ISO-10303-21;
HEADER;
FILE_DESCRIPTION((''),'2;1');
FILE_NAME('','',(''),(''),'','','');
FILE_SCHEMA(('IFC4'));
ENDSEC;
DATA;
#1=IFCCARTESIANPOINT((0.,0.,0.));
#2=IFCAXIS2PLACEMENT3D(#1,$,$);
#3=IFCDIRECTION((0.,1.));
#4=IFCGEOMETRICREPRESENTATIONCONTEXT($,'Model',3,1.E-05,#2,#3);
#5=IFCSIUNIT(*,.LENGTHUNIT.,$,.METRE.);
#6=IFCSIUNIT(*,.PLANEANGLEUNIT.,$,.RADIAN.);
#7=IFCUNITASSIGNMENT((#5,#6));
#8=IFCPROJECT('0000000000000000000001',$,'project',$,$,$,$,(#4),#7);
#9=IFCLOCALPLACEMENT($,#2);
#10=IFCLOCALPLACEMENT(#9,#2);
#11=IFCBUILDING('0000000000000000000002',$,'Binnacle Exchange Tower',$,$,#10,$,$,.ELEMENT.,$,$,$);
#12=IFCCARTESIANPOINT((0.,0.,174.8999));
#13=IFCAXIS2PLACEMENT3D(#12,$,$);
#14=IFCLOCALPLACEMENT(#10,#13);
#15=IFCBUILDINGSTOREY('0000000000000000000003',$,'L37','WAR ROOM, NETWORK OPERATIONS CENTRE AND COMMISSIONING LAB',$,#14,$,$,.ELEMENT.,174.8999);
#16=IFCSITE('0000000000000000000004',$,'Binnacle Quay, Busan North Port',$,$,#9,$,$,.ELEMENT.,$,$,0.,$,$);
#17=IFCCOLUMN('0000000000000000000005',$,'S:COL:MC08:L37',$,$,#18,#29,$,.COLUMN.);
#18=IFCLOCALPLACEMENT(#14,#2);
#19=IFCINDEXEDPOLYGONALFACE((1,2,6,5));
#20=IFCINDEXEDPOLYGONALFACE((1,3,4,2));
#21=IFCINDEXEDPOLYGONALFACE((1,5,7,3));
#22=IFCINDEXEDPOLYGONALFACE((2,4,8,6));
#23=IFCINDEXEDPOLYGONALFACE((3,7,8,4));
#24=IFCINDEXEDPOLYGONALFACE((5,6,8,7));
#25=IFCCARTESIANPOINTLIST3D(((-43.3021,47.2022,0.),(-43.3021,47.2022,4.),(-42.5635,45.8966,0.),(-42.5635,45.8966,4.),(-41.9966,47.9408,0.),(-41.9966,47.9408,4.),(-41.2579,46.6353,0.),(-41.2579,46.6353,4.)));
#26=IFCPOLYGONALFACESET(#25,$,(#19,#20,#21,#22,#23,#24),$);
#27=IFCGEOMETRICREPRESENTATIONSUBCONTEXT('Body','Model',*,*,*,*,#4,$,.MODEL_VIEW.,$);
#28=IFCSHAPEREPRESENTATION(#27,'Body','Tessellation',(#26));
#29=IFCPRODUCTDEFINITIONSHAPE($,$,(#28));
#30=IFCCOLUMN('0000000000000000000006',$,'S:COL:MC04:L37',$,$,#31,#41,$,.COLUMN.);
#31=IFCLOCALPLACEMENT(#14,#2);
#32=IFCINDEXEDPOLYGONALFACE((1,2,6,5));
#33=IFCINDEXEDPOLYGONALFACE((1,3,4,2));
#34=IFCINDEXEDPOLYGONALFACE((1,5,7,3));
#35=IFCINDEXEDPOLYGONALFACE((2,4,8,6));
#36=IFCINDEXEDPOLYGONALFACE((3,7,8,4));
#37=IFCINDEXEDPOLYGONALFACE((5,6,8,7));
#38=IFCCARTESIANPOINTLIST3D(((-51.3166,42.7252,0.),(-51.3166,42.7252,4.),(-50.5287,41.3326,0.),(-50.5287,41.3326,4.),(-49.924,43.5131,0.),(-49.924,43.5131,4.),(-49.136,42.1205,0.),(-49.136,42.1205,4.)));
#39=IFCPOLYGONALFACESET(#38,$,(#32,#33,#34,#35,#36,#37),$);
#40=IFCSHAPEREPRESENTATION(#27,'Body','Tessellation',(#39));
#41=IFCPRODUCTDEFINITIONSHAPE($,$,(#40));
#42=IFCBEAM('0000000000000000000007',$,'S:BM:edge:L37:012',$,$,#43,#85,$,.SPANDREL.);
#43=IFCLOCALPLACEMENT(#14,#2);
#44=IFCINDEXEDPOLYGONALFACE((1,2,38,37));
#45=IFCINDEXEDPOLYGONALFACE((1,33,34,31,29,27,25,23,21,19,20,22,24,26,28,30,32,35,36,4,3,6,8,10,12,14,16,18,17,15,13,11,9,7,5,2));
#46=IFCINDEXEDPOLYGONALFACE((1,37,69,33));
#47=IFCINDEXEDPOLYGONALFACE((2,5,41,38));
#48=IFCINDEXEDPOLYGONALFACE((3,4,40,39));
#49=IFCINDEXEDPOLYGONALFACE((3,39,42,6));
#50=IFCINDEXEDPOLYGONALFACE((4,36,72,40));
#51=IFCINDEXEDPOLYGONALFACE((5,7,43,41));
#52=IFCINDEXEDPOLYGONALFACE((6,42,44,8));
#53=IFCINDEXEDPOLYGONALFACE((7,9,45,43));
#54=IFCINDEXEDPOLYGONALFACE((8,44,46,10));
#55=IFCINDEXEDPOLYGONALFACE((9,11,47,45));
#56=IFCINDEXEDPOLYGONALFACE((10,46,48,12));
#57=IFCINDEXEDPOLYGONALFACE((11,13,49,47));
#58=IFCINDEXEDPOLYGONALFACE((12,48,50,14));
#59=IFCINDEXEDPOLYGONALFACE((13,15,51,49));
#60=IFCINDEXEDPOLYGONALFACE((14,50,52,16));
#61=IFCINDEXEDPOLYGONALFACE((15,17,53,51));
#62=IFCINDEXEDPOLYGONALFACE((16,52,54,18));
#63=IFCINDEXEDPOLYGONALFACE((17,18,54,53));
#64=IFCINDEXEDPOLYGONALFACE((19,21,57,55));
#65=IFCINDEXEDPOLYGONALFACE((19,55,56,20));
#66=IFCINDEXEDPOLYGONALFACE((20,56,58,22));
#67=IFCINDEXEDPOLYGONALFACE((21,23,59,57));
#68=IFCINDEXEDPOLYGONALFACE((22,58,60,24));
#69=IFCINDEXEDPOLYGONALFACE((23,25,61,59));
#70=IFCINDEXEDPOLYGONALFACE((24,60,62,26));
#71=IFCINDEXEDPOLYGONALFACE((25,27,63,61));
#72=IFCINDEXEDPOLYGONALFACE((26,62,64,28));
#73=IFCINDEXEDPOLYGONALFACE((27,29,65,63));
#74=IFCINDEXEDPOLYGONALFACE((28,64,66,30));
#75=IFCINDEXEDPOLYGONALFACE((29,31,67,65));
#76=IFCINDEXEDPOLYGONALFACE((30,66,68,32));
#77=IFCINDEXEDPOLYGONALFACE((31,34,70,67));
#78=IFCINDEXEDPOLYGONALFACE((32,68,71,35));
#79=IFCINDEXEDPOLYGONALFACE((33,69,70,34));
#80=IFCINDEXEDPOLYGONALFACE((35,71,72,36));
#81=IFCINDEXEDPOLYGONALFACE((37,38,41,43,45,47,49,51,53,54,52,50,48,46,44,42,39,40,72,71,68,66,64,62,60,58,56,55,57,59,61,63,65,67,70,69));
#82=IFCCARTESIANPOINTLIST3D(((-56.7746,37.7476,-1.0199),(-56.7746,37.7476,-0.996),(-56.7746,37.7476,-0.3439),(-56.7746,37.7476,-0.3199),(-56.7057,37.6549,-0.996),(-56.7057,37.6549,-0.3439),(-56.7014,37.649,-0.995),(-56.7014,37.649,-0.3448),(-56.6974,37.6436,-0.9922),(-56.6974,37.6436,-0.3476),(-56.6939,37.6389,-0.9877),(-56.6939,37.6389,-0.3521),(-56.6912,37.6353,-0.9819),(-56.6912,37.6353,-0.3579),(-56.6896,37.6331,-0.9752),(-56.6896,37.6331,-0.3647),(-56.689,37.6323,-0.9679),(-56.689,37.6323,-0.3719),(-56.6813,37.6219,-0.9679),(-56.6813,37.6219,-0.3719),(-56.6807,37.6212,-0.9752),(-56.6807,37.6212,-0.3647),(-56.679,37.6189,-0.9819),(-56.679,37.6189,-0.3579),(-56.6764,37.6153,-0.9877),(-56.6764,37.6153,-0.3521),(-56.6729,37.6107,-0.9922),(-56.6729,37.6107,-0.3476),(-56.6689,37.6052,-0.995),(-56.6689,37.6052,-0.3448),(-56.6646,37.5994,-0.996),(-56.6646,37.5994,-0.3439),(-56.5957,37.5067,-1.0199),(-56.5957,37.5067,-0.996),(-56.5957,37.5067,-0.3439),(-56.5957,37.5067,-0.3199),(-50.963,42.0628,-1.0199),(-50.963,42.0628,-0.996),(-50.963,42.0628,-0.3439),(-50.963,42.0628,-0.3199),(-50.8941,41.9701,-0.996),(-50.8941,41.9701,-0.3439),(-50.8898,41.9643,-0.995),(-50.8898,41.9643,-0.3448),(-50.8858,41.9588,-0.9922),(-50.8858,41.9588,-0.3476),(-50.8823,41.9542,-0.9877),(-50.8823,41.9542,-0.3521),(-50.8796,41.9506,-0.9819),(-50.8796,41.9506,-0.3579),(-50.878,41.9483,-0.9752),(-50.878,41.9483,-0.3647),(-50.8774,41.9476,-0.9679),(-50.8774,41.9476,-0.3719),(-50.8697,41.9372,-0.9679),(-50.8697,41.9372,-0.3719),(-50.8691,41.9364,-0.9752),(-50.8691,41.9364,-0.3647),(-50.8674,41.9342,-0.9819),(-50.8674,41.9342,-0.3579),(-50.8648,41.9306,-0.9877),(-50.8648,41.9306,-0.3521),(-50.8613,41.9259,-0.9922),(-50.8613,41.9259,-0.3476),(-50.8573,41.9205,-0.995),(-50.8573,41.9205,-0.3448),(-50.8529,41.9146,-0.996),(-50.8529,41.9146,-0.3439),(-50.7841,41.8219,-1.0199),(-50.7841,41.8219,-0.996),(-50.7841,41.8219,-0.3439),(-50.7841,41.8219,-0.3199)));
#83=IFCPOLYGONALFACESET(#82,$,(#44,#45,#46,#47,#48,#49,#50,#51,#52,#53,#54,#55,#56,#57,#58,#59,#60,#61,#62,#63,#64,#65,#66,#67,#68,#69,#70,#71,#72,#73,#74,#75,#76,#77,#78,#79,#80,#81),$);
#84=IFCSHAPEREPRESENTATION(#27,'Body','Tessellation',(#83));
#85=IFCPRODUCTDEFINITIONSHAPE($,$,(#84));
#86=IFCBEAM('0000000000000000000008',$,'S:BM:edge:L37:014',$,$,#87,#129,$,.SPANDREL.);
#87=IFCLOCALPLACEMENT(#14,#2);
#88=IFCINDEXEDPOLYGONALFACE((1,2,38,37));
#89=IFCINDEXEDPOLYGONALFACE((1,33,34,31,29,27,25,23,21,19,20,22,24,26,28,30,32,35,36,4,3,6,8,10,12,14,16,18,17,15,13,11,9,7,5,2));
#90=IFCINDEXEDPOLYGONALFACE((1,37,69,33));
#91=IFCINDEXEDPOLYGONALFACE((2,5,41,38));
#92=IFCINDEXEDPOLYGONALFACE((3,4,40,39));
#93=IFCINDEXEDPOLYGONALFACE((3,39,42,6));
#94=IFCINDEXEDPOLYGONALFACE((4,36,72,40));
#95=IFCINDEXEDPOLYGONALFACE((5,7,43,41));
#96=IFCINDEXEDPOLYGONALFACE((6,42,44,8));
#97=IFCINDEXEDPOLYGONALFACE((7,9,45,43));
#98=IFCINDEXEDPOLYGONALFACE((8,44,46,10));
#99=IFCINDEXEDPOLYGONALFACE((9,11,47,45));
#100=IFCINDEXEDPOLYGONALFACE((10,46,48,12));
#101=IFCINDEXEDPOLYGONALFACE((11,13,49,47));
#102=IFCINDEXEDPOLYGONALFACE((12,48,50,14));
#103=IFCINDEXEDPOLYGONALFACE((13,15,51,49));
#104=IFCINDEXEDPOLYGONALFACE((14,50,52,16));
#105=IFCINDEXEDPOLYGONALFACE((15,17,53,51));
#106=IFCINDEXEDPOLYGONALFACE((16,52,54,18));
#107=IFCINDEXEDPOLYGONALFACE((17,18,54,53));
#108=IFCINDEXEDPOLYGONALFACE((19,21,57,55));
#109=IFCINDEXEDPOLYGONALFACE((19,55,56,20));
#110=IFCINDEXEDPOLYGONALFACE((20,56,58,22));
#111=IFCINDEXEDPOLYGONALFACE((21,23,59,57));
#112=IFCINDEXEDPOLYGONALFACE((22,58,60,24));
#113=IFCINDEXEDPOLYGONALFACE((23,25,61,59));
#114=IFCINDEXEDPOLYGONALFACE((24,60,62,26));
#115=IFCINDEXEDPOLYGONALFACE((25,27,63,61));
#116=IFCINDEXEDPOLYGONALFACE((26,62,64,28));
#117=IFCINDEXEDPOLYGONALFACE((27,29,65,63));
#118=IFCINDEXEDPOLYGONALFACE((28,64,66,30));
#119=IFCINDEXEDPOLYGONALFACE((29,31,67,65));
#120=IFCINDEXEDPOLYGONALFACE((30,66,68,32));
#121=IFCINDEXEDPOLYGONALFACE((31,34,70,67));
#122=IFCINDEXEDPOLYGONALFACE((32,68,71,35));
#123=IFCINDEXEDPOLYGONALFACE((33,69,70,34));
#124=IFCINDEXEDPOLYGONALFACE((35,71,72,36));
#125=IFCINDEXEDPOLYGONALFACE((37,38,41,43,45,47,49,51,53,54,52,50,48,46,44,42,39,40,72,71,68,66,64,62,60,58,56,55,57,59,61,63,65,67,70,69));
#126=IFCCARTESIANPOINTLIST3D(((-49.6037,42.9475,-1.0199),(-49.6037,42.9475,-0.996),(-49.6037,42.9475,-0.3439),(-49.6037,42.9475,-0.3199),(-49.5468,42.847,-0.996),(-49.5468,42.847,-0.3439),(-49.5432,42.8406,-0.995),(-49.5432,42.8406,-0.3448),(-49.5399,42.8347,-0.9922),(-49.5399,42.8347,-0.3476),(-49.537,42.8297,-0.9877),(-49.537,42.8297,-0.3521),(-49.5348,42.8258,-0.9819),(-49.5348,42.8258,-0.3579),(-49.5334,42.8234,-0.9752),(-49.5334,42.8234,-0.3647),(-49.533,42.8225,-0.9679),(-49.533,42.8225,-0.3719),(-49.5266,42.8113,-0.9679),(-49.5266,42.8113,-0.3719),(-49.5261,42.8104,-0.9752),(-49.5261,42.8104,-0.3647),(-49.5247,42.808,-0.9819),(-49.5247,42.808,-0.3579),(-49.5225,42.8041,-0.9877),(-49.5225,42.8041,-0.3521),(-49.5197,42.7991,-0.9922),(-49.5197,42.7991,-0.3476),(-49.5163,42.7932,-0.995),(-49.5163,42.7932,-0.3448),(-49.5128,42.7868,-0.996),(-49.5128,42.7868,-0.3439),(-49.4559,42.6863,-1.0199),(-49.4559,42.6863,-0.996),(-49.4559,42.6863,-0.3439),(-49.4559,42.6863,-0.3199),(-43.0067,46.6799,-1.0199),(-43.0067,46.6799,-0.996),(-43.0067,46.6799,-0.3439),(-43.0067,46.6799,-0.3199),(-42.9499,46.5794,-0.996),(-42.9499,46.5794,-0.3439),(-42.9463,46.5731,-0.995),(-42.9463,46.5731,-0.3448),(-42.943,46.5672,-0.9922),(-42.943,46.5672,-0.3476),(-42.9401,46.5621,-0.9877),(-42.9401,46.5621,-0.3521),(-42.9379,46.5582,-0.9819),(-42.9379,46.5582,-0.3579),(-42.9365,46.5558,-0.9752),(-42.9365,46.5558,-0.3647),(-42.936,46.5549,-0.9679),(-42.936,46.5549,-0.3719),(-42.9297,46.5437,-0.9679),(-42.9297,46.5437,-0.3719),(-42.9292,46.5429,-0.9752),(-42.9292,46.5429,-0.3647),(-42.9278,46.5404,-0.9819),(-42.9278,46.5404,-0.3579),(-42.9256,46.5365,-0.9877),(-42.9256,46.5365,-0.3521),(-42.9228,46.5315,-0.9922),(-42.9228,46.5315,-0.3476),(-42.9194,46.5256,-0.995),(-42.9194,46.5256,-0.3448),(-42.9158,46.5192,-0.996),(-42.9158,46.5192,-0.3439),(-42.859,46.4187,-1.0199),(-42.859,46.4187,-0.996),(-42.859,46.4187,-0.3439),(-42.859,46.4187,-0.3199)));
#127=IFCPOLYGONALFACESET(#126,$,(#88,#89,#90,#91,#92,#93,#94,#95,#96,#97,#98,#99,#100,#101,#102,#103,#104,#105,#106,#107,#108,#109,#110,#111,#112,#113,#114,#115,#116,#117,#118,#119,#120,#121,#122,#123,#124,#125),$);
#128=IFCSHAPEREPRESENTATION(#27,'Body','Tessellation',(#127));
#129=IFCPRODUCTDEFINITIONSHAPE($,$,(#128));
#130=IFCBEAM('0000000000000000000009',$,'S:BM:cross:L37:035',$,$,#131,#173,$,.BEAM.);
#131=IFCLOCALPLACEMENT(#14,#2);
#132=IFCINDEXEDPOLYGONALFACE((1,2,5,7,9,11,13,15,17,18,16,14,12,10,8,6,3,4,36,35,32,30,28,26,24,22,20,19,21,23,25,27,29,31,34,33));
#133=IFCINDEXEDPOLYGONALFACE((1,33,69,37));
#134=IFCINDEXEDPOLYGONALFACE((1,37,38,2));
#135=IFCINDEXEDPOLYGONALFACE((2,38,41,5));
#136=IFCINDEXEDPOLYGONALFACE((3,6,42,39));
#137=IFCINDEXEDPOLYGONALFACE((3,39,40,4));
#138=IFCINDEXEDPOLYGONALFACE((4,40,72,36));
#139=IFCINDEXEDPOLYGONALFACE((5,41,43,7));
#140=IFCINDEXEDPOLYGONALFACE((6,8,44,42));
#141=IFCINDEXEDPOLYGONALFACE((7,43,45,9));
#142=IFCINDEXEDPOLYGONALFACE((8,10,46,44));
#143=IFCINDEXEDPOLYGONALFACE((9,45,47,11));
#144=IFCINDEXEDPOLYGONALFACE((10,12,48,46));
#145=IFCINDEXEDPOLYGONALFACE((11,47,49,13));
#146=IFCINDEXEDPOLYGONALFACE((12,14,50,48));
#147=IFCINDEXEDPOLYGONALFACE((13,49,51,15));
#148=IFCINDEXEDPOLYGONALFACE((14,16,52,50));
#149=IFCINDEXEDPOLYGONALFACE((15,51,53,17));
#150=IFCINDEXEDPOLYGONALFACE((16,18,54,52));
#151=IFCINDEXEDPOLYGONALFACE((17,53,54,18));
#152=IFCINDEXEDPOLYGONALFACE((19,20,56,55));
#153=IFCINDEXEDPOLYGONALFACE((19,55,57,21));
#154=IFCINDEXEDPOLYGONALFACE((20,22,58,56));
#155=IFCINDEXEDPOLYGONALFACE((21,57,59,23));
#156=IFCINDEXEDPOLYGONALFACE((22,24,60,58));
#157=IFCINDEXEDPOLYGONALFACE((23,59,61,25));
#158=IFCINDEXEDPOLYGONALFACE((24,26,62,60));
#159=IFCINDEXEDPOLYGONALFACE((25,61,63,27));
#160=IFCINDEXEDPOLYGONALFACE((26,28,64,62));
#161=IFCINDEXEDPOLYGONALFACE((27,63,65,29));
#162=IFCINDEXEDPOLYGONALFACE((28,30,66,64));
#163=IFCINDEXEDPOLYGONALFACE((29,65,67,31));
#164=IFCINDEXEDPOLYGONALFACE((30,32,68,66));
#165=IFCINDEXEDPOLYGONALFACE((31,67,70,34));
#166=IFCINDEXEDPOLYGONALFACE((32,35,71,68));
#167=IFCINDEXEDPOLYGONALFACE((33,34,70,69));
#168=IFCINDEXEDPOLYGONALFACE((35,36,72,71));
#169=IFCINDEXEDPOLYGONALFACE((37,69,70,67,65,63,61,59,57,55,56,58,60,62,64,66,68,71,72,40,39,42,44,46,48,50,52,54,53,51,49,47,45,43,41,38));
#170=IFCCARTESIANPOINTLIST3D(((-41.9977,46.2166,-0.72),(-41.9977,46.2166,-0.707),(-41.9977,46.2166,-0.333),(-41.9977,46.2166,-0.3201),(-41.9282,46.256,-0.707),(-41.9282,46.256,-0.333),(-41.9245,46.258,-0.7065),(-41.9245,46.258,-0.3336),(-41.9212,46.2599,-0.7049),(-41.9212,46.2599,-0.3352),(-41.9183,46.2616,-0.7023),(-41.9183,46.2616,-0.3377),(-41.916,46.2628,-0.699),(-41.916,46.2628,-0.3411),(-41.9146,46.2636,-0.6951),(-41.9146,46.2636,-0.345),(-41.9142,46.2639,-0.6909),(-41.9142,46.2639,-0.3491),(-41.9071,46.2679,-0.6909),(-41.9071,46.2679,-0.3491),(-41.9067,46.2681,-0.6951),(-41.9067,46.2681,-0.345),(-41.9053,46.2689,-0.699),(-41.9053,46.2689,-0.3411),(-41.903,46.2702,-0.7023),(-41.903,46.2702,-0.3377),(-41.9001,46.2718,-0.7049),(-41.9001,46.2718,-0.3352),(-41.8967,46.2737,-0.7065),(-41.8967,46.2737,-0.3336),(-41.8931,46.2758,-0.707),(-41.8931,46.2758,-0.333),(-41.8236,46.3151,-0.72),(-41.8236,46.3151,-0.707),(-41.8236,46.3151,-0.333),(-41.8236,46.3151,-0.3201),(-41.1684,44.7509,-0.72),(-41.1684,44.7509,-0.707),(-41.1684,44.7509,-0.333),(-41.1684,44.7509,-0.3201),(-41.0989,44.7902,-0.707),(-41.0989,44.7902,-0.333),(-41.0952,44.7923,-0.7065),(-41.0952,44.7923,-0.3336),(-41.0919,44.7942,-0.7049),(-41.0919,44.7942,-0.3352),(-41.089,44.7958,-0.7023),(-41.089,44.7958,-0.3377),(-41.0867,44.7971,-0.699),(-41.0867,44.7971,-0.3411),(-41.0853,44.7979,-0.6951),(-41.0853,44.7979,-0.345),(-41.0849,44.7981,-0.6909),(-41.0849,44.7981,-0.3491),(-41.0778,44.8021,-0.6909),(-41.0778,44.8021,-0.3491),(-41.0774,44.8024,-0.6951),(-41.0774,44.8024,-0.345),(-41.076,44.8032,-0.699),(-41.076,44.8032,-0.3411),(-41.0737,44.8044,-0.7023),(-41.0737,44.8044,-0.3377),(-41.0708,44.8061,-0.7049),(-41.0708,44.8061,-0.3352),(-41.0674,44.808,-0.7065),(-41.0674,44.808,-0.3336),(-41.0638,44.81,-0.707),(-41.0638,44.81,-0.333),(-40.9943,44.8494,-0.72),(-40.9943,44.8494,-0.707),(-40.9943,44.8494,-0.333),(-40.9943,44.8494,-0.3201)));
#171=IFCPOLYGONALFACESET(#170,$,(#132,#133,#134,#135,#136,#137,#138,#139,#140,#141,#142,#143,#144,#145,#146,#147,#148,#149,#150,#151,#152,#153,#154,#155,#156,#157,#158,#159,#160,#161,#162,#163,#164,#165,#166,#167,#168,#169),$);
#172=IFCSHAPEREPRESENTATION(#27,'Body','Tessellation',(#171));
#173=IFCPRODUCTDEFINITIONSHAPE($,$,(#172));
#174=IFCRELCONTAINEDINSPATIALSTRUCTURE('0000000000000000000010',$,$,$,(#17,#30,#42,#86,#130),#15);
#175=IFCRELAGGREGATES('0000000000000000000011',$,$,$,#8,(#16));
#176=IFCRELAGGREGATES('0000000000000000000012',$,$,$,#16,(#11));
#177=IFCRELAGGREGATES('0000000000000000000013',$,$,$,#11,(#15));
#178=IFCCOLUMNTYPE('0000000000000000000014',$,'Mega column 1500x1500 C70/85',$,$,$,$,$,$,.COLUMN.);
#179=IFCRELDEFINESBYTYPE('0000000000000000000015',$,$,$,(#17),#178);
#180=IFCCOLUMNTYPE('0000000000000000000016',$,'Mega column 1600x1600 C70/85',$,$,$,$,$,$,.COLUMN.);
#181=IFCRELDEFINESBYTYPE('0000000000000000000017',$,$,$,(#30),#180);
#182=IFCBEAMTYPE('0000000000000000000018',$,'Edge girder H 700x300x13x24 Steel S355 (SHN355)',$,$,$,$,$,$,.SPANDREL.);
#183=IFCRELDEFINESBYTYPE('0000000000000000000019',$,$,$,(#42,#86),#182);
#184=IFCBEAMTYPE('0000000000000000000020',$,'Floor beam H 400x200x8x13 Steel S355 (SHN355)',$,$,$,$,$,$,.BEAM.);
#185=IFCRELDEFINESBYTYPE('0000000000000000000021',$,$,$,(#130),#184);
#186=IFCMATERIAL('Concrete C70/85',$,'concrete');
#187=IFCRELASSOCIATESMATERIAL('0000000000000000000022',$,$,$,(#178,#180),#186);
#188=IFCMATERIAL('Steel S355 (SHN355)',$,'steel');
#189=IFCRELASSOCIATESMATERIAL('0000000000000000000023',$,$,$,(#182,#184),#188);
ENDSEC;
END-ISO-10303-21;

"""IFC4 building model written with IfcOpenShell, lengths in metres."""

from ifc_helpers import new_model, si_unit, direction, frame, origin, origin_2d, place, context, subcontext, project, spatial, rectangle, i_section, extrude, material, material_profile, profile_set, type_object, element, save


model = new_model("IFC4")

# Units and contexts
model_context = context("Model", 3, precision=1e-05, world=origin(), true_north=direction((0.0, 1.0)))
body_context = subcontext(model_context, "Body", "Model", "MODEL_VIEW")
ifc_project = project(units=[si_unit("LENGTHUNIT", "METRE"), si_unit("PLANEANGLEUNIT", "RADIAN")], contexts=[model_context])

# Site, building, storey
site_placement = place(None, origin())
site = spatial("IfcSite", under=ifc_project, at=site_placement, Name="Binnacle Quay, Busan North Port", CompositionType="ELEMENT", RefElevation=0.0)
building_placement = place(site_placement, origin())
building = spatial("IfcBuilding", under=site, at=building_placement, Name="Binnacle Exchange Tower", CompositionType="ELEMENT")
storey_placement = place(building_placement, frame((0.0, 0.0, 174.8999)))
storey = spatial("IfcBuildingStorey", under=building, at=storey_placement, Name="L37", Description="WAR ROOM, NETWORK OPERATIONS CENTRE AND COMMISSIONING LAB", CompositionType="ELEMENT", Elevation=174.8999)

# Columns
ifc_material_1 = material(Name="Concrete C70/85", Category="concrete")
ifc_material_profile_1 = material_profile(ifc_material_1, rectangle(XDim=1.5, YDim=1.5, at=origin_2d()), Name="Mega column 1500x1500 C70/85")
ifc_profile_set_1 = profile_set([ifc_material_profile_1], Name="Concrete C70/85")
column_type_1 = type_object("IfcColumnType", Name="Mega column 1500x1500 C70/85", PredefinedType="COLUMN", material=ifc_profile_set_1)
column_1_placement = place(storey_placement, frame((-42.28, 46.9187, 0.0), z_axis=(0.0, 0.0, 1.0), x_axis=(-0.870356, -0.492424, 0.0)))
element("IfcColumn", 1, at=column_1_placement, inside=storey, type_object=column_type_1, Name="S:COL:MC08:L37", PredefinedType="COLUMN", context=body_context, shape_type="SweptSolid", body=[
    extrude(rectangle(XDim=1.5, YDim=1.5, at=origin_2d()), origin(), (0.0, 0.0, 1.0), 4.0),
])
ifc_material_profile_2 = material_profile(ifc_material_1, rectangle(XDim=1.6001, YDim=1.6001, at=origin_2d()), Name="Mega column 1600x1600 C70/85")
ifc_profile_set_2 = profile_set([ifc_material_profile_2], Name="Concrete C70/85")
column_type_2 = type_object("IfcColumnType", Name="Mega column 1600x1600 C70/85", PredefinedType="COLUMN", material=ifc_profile_set_2)
column_2_placement = place(storey_placement, frame((-50.2263, 42.4229, 0.0), z_axis=(0.0, 0.0, 1.0), x_axis=(-0.870356, -0.492424, 0.0)))
element("IfcColumn", 2, at=column_2_placement, inside=storey, type_object=column_type_2, Name="S:COL:MC04:L37", PredefinedType="COLUMN", context=body_context, shape_type="SweptSolid", body=[
    extrude(rectangle(XDim=1.6001, YDim=1.6001, at=origin_2d()), origin(), (0.0, 0.0, 1.0), 4.0),
])

# Beams
ifc_material_2 = material(Name="Steel S355 (SHN355)", Category="steel")
ifc_material_profile_3 = material_profile(ifc_material_2, i_section(OverallWidth=0.3, OverallDepth=0.7, WebThickness=0.0129, FlangeThickness=0.0239, FilletRadius=0.0281, at=origin_2d()), Name="H 700x300x13x24")
ifc_profile_set_3 = profile_set([ifc_material_profile_3], Name="Steel S355 (SHN355)")
beam_type_1 = type_object("IfcBeamType", Name="Edge girder H 700x300x13x24 Steel S355 (SHN355)", PredefinedType="SPANDREL", material=ifc_profile_set_3)
beam_1_placement = place(storey_placement, frame((-50.8735, 41.9424, -0.6699), z_axis=(-0.802873, -0.596151, 0.0), x_axis=(0.596151, -0.802873, 0.0)))
element("IfcBeam", 3, at=beam_1_placement, inside=storey, type_object=beam_type_1, Name="S:BM:edge:L37:012", PredefinedType="SPANDREL", context=body_context, shape_type="SweptSolid", body=[
    extrude(i_section(OverallWidth=0.3, OverallDepth=0.7, WebThickness=0.0129, FlangeThickness=0.0239, FilletRadius=0.0281, at=origin_2d()), origin(), (0.0, 0.0, 1.0), 7.2385),
])
beam_2_placement = place(storey_placement, frame((-42.9329, 46.5493, -0.6699), z_axis=(-0.870352, -0.49243, 0.0), x_axis=(0.49243, -0.870352, 0.0)))
element("IfcBeam", 4, at=beam_2_placement, inside=storey, type_object=beam_type_1, Name="S:BM:edge:L37:014", PredefinedType="SPANDREL", context=body_context, shape_type="SweptSolid", body=[
    extrude(i_section(OverallWidth=0.3, OverallDepth=0.7, WebThickness=0.0129, FlangeThickness=0.0239, FilletRadius=0.0281, at=origin_2d()), origin(), (0.0, 0.0, 1.0), 7.5796),
])
ifc_material_profile_4 = material_profile(ifc_material_2, i_section(OverallWidth=0.2, OverallDepth=0.3999, WebThickness=0.0081, FlangeThickness=0.0129, FilletRadius=0.0161, at=origin_2d()), Name="H 400x200x8x13")
ifc_profile_set_4 = profile_set([ifc_material_profile_4], Name="Steel S355 (SHN355)")
beam_type_2 = type_object("IfcBeamType", Name="Floor beam H 400x200x8x13 Steel S355 (SHN355)", PredefinedType="BEAM", material=ifc_profile_set_4)
beam_3_placement = place(storey_placement, frame((-41.9106, 46.2659, -0.52), z_axis=(0.492435, -0.870349, 0.0), x_axis=(0.870349, 0.492435, 0.0)))
element("IfcBeam", 5, at=beam_3_placement, inside=storey, type_object=beam_type_2, Name="S:BM:cross:L37:035", PredefinedType="BEAM", context=body_context, shape_type="SweptSolid", body=[
    extrude(i_section(OverallWidth=0.2, OverallDepth=0.3999, WebThickness=0.0081, FlangeThickness=0.0129, FilletRadius=0.0161, at=origin_2d()), origin(), (0.0, 0.0, 1.0), 1.6841),
])

save(model, "model.ifc")
